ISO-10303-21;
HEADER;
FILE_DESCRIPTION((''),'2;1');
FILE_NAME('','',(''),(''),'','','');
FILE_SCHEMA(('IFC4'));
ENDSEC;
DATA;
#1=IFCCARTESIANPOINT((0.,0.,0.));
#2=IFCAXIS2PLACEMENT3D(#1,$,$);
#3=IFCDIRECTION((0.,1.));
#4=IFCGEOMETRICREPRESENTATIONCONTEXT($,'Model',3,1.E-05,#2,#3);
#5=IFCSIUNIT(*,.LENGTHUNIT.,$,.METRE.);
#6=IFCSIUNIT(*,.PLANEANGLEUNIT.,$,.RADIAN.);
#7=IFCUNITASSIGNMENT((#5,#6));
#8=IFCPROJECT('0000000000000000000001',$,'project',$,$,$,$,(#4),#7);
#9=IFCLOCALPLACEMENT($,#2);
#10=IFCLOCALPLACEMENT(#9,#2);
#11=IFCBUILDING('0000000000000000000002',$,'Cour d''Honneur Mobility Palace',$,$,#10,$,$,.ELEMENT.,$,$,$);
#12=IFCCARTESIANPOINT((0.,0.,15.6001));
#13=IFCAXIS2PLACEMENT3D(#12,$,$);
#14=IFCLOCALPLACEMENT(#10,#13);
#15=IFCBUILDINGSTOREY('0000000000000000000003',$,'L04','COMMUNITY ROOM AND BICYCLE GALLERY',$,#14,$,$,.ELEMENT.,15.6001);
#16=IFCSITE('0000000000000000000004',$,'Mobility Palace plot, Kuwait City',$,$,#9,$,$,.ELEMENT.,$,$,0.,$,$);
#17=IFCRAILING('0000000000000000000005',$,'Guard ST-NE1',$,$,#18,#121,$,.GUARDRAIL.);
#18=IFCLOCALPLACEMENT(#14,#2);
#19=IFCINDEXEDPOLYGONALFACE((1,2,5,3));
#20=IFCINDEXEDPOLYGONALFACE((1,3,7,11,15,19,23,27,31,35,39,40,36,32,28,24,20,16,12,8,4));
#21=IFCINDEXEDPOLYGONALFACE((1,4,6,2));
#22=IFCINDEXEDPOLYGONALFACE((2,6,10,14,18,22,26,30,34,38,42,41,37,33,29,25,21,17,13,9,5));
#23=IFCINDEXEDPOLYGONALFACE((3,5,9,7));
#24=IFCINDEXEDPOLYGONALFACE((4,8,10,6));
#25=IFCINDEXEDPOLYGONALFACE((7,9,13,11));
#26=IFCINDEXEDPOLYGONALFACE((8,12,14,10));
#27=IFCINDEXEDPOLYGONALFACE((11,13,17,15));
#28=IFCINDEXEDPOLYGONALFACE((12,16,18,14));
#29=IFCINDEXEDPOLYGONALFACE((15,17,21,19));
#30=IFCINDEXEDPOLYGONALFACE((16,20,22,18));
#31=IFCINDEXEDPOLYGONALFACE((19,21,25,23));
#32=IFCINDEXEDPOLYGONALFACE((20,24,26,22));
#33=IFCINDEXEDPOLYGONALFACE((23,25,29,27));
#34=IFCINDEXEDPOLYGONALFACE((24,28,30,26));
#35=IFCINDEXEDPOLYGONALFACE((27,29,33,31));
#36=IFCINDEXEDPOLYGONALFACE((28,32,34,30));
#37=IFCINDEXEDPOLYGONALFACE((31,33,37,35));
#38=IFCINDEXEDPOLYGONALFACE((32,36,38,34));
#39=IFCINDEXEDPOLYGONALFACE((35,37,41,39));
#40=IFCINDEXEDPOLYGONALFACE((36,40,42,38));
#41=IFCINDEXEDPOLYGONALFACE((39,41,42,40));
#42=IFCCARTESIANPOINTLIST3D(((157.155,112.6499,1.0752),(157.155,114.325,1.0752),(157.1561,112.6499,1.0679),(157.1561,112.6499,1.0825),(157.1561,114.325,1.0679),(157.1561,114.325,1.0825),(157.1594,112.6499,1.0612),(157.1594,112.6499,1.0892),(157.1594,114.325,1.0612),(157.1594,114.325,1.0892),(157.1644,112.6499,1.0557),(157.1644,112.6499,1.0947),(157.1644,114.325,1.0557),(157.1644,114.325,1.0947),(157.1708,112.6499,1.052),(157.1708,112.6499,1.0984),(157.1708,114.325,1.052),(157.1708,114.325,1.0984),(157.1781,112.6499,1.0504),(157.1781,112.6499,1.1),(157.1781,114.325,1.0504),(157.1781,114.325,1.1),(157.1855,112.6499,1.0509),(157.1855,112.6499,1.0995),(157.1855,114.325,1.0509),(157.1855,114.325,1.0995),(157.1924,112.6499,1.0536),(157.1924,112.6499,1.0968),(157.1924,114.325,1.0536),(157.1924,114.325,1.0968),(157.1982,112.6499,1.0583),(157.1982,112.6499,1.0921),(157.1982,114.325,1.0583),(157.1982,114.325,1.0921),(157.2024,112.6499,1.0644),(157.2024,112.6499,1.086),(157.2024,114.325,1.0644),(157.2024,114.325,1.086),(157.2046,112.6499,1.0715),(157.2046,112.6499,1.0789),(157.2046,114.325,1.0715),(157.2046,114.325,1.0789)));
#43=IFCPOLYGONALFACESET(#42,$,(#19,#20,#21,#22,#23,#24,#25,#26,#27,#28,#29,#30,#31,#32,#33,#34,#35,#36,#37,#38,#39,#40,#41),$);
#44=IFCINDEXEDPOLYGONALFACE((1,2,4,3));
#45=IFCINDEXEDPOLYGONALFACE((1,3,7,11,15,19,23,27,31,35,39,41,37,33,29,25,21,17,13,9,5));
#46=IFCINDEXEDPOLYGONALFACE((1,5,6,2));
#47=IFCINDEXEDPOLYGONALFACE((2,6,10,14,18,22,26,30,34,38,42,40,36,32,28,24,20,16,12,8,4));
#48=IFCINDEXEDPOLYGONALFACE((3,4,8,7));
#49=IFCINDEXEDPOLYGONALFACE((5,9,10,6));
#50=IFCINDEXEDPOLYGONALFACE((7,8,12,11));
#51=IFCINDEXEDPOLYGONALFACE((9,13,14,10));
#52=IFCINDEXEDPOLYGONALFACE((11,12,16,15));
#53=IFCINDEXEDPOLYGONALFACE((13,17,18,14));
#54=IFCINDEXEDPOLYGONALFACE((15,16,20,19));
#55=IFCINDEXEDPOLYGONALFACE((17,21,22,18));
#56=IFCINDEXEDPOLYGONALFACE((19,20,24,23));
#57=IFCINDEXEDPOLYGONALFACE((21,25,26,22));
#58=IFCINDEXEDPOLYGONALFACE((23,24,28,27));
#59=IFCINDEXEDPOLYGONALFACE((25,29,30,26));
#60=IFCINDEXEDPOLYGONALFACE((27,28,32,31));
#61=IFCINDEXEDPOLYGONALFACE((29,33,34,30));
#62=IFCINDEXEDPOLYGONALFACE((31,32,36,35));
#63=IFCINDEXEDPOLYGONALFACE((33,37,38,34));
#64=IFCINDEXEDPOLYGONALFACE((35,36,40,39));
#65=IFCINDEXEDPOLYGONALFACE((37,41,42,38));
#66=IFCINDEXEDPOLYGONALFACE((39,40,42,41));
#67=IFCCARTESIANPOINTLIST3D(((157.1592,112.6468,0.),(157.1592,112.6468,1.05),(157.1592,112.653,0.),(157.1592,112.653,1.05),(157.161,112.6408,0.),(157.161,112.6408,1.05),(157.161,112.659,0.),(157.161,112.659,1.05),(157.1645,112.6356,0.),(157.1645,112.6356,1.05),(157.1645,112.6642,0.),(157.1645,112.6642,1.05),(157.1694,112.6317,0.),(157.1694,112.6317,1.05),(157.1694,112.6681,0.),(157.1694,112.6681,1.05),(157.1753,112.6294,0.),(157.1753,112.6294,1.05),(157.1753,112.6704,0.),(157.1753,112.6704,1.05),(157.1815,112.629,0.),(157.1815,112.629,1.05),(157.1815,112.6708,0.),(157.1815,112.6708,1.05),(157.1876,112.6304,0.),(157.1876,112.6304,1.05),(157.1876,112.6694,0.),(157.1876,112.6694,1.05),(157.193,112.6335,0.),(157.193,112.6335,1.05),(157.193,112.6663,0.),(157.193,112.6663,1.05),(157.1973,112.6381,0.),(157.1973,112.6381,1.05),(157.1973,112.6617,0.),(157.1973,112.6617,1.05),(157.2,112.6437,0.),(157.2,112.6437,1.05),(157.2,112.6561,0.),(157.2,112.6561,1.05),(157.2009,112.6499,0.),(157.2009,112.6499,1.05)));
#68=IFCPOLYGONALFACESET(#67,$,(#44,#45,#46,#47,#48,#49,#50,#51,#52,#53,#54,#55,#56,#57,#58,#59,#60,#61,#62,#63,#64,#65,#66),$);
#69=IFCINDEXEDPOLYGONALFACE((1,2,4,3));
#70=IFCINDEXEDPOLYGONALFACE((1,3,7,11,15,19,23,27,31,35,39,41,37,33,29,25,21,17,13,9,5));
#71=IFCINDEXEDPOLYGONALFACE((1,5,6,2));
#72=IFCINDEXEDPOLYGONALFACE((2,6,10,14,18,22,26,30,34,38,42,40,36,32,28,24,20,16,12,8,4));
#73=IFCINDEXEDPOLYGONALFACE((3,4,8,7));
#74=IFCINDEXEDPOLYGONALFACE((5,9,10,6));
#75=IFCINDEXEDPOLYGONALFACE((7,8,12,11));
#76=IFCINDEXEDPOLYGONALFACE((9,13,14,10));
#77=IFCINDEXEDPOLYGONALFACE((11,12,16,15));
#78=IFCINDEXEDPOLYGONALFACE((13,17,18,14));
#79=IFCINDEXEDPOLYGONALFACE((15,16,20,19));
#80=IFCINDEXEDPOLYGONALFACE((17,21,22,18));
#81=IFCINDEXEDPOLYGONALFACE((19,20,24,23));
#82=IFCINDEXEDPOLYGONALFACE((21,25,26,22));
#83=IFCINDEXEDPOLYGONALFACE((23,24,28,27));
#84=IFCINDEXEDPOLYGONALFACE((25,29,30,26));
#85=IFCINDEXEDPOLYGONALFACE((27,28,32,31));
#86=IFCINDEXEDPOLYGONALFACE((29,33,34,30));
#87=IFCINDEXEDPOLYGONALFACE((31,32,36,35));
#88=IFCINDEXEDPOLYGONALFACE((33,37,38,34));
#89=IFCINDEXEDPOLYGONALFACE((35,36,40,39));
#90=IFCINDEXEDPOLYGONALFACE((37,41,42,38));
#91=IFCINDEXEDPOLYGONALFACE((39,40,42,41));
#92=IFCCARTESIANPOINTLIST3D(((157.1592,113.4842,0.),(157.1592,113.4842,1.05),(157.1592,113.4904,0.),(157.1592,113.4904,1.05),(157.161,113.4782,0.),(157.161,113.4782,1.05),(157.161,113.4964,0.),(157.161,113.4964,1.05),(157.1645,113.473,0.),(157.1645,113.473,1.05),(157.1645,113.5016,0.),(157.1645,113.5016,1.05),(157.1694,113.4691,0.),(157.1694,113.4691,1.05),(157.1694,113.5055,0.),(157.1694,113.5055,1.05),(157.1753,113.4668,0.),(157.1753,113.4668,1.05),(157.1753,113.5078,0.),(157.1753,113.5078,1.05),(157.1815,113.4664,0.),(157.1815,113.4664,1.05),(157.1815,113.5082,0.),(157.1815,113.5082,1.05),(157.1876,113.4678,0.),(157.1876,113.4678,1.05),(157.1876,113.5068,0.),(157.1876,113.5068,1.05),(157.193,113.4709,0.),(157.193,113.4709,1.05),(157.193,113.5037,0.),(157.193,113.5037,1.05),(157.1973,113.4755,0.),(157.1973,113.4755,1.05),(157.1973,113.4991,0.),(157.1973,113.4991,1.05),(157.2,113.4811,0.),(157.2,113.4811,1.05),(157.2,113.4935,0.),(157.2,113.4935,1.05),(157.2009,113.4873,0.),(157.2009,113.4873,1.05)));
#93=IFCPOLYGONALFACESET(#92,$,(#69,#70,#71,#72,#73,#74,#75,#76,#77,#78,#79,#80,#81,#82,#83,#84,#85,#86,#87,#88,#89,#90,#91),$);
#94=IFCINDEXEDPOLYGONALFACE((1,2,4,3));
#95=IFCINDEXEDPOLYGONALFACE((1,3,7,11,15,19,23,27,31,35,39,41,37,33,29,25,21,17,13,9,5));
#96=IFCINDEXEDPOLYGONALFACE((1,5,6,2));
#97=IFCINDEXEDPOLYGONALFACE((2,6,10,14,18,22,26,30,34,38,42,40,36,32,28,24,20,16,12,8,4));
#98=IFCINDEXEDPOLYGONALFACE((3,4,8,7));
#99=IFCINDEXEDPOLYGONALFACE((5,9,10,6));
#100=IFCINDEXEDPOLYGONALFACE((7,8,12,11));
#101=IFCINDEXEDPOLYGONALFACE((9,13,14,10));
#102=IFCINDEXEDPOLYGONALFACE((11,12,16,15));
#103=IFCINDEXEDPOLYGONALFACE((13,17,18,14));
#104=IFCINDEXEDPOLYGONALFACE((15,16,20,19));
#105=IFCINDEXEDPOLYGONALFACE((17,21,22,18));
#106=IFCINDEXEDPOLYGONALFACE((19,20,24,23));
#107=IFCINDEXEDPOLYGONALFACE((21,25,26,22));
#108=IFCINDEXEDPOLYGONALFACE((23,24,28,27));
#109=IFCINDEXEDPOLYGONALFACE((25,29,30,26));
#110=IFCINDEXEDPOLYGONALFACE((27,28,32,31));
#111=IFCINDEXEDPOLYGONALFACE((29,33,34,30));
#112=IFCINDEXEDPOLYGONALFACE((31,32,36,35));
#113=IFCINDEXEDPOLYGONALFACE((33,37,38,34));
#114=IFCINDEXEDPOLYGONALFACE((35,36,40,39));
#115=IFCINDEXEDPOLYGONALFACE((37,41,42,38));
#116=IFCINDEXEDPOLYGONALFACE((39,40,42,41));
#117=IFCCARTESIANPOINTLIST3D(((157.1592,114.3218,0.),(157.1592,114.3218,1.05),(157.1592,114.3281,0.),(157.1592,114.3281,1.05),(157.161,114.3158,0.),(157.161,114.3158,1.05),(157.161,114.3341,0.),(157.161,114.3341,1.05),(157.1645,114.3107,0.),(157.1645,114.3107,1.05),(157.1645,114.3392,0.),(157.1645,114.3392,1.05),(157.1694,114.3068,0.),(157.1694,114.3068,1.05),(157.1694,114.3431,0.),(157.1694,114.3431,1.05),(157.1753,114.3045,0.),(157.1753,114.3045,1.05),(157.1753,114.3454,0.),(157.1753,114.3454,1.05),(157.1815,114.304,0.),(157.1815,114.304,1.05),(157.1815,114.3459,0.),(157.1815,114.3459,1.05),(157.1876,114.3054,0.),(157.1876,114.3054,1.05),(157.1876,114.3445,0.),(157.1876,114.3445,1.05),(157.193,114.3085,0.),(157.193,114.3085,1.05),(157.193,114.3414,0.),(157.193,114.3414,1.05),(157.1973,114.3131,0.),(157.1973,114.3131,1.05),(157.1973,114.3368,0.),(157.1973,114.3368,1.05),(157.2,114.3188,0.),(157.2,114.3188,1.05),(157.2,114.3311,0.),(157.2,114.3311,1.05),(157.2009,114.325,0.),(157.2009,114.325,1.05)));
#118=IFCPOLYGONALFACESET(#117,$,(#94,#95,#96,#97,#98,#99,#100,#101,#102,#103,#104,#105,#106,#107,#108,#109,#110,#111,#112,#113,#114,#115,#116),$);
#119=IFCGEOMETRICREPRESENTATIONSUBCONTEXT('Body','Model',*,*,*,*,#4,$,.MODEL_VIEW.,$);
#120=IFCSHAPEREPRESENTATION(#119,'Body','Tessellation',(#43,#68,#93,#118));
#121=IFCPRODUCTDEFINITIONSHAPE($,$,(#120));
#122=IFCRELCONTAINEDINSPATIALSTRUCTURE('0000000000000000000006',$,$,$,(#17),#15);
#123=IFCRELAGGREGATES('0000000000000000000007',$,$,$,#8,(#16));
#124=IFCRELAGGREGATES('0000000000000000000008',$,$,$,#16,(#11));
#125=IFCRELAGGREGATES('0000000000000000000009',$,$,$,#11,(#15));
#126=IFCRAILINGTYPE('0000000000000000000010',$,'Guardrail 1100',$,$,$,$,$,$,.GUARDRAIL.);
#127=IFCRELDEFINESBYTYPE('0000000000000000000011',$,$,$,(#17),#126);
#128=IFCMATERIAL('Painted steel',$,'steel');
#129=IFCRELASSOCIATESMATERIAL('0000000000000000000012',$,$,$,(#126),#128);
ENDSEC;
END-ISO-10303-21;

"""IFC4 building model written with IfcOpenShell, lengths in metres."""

from ifc_helpers import new_model, si_unit, direction, frame, origin, origin_2d, place, context, subcontext, project, spatial, circle, extrude, material, type_object, element, save


model = new_model("IFC4")

# Units and contexts
model_context = context("Model", 3, precision=1e-05, world=origin(), true_north=direction((0.0, 1.0)))
body_context = subcontext(model_context, "Body", "Model", "MODEL_VIEW")
ifc_project = project(units=[si_unit("LENGTHUNIT", "METRE"), si_unit("PLANEANGLEUNIT", "RADIAN")], contexts=[model_context])

# Site, building, storey
site_placement = place(None, origin())
site = spatial("IfcSite", under=ifc_project, at=site_placement, Name="Mobility Palace plot, Kuwait City", CompositionType="ELEMENT", RefElevation=0.0)
building_placement = place(site_placement, origin())
building = spatial("IfcBuilding", under=site, at=building_placement, Name="Cour d'Honneur Mobility Palace", CompositionType="ELEMENT")
storey_placement = place(building_placement, frame((0.0, 0.0, 15.6001)))
storey = spatial("IfcBuildingStorey", under=building, at=storey_placement, Name="L04", Description="COMMUNITY ROOM AND BICYCLE GALLERY", CompositionType="ELEMENT", Elevation=15.6001)

# Railing
ifc_material_1 = material(Name="Painted steel", Category="steel")
railing_type_1 = type_object("IfcRailingType", Name="Guardrail 1100", PredefinedType="GUARDRAIL", material=ifc_material_1)
railing_1_placement = place(storey_placement, frame((157.1799, 112.6499, 0.0)))
element("IfcRailing", 1, at=railing_1_placement, inside=storey, type_object=railing_type_1, Name="Guard ST-NE1", PredefinedType="GUARDRAIL", context=body_context, shape_type="SweptSolid", body=[
    extrude(circle(Radius=0.0249, at=origin_2d()), frame((0.0, 0.0, 1.0752), z_axis=(0.0, 1.0, 0.0), x_axis=(-1.0, 0.0, 0.0)), (0.0, 0.0, 1.0), 1.675),
    extrude(circle(Radius=0.021, at=origin_2d()), origin(), (0.0, 0.0, 1.0), 1.05),
    extrude(circle(Radius=0.021, at=origin_2d()), frame((0.0, 0.8374, 0.0)), (0.0, 0.0, 1.0), 1.05),
    extrude(circle(Radius=0.021, at=origin_2d()), frame((0.0, 1.675, 0.0)), (0.0, 0.0, 1.0), 1.05),
])

save(model, "model.ifc")
